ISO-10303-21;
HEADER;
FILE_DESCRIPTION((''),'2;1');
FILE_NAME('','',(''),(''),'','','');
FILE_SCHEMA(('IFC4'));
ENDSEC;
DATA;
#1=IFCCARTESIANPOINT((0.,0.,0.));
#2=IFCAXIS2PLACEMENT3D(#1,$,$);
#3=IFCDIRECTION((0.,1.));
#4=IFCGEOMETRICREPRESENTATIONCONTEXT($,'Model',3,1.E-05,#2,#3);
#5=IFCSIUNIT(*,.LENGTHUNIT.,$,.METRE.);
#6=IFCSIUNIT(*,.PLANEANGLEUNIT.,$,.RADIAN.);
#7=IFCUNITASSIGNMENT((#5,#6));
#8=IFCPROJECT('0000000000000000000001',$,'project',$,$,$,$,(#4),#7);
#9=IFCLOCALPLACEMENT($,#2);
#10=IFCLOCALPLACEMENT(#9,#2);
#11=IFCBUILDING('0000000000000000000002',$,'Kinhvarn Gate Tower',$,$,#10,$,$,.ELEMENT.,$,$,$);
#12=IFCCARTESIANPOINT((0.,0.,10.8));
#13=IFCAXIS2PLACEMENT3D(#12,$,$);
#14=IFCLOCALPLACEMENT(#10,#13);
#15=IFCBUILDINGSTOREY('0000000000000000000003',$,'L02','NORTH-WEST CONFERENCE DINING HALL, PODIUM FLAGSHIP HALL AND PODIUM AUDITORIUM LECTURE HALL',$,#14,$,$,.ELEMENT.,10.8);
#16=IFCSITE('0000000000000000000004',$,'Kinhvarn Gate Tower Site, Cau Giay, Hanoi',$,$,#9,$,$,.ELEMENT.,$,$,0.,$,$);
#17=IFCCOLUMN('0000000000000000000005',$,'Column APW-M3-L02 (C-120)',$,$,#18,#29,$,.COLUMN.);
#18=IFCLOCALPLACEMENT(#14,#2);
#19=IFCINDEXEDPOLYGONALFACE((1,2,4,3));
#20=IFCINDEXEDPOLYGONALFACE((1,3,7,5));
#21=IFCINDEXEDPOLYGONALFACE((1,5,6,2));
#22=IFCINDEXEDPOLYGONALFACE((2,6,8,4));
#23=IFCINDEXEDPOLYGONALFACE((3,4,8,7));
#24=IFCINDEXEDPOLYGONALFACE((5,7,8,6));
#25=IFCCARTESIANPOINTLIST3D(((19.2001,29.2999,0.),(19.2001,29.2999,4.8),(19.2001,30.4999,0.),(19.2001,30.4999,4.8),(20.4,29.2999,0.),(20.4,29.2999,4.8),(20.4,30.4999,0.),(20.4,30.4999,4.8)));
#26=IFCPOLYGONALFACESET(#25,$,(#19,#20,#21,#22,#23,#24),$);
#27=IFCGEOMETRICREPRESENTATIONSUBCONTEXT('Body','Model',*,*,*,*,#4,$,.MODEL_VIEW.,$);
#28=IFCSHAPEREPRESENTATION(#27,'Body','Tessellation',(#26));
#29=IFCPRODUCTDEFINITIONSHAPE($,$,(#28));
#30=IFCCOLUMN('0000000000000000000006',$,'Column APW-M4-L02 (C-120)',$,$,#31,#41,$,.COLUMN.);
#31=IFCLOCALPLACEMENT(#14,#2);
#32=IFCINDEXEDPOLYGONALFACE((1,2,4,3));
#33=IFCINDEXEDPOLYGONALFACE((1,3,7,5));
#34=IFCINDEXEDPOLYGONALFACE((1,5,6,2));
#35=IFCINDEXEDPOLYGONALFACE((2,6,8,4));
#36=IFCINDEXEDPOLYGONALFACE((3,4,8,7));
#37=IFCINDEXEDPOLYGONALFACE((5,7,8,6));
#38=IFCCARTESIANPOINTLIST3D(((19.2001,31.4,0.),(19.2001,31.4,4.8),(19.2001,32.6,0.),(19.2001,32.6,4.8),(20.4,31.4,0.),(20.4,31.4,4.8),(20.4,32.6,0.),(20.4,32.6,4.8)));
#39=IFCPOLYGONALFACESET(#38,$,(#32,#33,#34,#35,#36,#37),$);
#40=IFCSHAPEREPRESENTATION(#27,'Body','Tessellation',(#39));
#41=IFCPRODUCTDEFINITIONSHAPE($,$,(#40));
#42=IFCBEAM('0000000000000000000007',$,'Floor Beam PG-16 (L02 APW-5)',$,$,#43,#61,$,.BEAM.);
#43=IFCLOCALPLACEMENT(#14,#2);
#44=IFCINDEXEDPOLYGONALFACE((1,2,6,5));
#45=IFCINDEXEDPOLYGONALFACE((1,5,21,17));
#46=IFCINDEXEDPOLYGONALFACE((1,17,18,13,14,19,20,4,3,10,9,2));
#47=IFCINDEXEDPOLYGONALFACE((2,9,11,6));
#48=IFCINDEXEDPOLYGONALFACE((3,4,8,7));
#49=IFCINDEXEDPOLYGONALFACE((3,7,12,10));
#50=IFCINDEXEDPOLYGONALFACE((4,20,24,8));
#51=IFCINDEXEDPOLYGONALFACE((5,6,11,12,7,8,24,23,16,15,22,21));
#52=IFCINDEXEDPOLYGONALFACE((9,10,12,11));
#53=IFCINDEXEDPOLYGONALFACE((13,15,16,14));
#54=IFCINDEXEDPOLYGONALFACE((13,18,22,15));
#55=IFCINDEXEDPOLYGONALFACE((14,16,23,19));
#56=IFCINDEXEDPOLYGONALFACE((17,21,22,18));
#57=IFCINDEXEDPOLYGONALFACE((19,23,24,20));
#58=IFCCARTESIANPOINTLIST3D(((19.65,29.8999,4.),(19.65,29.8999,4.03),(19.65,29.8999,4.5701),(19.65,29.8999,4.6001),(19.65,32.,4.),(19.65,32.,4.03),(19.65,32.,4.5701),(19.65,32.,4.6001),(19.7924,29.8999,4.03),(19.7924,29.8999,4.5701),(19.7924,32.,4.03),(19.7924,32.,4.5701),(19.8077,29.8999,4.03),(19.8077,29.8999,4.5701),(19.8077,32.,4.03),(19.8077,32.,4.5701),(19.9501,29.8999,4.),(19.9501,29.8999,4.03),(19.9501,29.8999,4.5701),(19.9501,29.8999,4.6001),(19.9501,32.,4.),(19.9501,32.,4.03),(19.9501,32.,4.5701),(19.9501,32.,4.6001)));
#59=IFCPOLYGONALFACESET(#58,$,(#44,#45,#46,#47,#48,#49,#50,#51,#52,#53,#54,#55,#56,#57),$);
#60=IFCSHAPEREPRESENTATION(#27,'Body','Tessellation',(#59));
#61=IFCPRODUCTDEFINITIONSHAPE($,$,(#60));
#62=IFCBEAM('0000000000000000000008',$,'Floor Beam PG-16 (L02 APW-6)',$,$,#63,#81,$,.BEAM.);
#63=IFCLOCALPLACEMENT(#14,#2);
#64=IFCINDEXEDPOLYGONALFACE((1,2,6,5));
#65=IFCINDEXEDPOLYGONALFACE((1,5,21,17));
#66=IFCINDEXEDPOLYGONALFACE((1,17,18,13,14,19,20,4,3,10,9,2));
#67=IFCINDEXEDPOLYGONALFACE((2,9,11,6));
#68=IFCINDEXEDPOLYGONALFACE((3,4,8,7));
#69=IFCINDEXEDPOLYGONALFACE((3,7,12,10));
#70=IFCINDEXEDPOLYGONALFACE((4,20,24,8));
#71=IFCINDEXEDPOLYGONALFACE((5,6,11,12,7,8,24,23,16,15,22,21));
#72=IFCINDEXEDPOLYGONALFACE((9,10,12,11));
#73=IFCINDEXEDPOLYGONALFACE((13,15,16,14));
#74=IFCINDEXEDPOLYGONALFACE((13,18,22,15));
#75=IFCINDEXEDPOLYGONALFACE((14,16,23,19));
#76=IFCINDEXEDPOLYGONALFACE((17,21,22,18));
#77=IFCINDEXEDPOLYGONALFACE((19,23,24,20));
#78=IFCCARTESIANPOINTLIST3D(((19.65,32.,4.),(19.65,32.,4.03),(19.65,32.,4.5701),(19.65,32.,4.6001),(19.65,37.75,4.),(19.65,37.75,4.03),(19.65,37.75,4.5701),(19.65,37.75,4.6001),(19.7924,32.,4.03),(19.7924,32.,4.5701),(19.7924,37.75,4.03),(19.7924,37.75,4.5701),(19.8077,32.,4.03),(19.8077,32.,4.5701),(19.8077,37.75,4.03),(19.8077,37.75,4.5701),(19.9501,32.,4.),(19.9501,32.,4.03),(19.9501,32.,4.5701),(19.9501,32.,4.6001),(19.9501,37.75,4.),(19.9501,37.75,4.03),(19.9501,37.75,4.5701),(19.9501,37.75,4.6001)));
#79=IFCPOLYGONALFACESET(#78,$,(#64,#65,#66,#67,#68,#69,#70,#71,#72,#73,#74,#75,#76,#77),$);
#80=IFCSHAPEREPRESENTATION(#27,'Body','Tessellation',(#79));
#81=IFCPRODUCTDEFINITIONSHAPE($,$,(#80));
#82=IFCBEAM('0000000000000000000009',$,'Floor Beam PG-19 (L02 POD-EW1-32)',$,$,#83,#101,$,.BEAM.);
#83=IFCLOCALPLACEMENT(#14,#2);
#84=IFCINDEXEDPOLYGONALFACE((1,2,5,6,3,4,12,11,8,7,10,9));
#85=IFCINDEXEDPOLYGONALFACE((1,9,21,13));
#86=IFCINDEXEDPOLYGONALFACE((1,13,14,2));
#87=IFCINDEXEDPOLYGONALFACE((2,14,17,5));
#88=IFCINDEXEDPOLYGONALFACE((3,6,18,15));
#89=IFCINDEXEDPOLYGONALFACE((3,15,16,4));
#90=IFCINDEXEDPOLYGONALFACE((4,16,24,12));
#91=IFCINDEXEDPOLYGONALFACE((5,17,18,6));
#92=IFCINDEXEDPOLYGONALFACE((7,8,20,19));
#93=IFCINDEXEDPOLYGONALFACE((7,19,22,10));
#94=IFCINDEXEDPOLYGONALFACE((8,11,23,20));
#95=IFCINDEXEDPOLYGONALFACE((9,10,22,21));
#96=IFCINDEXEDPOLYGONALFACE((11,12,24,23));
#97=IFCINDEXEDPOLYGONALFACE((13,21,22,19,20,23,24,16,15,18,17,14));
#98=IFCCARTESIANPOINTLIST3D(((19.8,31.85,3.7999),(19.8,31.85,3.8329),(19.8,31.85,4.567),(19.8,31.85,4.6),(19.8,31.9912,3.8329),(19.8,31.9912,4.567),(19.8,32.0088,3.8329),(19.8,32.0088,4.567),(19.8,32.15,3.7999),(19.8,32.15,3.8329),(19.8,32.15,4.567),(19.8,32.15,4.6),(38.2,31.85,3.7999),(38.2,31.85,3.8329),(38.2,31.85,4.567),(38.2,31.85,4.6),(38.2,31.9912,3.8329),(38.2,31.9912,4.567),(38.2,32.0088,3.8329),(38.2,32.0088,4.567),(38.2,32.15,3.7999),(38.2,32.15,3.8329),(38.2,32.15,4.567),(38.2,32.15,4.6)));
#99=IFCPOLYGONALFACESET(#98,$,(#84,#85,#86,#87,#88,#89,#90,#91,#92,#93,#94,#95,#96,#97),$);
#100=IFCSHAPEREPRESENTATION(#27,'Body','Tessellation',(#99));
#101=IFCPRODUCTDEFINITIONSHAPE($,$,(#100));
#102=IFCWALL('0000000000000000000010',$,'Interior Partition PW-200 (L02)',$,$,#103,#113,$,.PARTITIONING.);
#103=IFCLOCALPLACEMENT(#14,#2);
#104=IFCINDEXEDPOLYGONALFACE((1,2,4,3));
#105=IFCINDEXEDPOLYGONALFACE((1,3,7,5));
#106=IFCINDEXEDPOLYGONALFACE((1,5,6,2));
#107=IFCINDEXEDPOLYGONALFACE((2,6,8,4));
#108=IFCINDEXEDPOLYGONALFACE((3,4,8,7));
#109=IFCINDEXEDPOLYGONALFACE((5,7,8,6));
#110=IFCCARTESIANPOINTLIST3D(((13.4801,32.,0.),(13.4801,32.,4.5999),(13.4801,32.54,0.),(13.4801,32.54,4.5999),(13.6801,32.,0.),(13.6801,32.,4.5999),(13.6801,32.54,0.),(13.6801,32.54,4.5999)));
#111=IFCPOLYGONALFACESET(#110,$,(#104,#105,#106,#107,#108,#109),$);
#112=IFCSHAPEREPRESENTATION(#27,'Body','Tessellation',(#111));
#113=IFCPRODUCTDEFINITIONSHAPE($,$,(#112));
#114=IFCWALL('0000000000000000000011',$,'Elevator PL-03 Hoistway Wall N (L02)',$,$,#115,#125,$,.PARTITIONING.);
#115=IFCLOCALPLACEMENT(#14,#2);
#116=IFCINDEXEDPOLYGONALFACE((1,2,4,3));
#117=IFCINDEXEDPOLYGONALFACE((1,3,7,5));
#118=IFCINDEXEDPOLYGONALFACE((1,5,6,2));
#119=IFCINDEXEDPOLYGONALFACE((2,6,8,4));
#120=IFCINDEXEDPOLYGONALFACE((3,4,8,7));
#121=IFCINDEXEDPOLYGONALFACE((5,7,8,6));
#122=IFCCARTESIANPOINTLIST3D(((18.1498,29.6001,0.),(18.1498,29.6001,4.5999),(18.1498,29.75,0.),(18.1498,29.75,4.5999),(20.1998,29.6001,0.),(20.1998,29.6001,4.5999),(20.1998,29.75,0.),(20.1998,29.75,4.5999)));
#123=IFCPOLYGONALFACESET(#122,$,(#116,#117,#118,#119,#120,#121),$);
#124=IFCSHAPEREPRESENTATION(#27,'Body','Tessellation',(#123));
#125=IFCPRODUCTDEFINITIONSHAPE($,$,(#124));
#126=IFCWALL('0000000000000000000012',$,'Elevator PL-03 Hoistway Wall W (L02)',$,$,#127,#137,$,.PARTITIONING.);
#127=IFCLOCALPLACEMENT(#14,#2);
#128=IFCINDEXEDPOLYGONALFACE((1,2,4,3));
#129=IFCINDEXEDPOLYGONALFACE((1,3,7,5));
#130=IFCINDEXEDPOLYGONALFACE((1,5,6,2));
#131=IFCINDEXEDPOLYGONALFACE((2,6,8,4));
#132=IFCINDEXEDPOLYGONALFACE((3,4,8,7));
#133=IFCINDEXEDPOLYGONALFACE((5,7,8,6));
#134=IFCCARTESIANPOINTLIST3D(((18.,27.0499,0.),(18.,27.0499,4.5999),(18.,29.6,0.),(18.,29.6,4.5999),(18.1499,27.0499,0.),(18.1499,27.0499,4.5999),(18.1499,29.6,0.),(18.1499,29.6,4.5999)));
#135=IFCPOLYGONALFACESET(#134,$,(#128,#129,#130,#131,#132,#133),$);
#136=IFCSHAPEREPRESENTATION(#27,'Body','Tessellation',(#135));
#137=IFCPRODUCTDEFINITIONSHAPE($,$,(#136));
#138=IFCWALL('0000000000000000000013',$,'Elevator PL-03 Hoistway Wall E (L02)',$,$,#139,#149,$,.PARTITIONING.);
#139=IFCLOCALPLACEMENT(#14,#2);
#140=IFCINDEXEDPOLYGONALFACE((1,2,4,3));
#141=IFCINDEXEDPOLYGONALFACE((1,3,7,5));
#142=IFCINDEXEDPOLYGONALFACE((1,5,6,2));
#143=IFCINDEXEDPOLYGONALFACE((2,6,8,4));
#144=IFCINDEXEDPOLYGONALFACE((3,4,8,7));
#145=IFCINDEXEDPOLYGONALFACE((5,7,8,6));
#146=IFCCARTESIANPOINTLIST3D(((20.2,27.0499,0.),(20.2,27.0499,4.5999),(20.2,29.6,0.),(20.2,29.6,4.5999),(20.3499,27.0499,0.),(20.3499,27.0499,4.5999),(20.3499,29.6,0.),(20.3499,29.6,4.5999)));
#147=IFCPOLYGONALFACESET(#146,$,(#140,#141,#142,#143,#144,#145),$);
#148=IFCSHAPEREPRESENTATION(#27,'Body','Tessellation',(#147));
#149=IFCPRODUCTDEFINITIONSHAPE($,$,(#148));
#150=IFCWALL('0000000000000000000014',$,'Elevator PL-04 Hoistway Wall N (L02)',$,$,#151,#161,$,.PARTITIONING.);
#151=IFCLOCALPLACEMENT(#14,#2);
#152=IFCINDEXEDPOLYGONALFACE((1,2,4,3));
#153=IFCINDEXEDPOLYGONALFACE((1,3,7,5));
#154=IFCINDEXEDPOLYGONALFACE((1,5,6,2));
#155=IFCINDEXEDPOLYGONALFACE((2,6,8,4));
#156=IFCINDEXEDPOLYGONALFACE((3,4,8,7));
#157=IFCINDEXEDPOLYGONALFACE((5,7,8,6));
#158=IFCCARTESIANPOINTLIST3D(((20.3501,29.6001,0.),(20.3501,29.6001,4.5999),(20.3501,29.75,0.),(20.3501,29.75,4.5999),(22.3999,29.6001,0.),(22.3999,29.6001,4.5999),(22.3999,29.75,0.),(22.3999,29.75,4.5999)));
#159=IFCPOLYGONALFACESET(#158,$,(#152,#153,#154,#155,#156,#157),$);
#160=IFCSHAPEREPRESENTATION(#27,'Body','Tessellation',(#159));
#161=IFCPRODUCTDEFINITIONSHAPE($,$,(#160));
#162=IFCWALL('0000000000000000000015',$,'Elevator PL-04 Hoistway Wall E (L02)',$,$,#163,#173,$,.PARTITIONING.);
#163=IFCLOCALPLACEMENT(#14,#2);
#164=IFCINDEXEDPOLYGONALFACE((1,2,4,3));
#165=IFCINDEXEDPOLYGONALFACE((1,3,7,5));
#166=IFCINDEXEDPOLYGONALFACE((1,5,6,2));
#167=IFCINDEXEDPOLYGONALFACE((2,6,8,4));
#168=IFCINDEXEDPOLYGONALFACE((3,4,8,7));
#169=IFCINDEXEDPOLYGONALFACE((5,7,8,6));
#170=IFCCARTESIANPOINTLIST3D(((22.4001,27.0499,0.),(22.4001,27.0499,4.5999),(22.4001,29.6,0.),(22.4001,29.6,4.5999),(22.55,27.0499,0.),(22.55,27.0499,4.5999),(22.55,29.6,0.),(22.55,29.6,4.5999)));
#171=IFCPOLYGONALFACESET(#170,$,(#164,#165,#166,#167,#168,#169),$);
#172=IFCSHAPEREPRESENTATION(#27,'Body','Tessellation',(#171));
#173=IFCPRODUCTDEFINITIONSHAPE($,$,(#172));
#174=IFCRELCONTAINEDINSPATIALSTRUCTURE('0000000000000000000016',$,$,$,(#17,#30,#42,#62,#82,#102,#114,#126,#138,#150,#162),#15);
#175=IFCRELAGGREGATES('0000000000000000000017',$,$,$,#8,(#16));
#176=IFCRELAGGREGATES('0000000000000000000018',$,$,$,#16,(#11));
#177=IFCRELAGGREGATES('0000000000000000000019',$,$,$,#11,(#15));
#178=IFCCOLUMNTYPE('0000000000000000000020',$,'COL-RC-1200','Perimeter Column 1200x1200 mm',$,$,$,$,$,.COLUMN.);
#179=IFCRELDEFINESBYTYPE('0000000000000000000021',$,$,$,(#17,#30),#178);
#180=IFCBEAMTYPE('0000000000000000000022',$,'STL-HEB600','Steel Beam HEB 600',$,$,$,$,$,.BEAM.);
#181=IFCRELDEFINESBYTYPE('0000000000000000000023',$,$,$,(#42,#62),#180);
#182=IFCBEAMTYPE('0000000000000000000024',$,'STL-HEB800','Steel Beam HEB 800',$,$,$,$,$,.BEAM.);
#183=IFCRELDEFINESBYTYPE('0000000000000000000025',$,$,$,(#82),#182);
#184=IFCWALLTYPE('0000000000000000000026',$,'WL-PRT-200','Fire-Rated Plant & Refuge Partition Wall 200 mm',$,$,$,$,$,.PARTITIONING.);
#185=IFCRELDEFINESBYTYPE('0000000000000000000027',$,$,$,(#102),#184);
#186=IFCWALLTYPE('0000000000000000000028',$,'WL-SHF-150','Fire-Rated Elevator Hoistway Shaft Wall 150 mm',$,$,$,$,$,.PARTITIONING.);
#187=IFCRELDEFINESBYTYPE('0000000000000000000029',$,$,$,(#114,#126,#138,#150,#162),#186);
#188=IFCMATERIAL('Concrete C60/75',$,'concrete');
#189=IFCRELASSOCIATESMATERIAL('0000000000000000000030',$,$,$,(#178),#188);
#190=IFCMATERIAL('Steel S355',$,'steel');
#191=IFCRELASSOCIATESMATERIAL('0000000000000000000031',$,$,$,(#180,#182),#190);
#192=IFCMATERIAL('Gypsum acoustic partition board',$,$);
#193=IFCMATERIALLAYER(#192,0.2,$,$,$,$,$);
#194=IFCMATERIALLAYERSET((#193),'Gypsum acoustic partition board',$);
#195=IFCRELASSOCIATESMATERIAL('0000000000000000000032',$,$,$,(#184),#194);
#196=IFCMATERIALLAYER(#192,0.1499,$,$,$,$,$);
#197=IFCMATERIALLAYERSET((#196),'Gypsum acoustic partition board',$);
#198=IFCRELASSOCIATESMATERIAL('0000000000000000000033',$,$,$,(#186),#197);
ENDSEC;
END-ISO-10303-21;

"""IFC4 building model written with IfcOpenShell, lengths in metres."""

from ifc_helpers import new_model, si_unit, direction, frame, frame_2d, origin, origin_2d, place, context, subcontext, project, spatial, rectangle, i_section, extrude, material, layer, layer_set, material_profile, profile_set, type_object, element, save


model = new_model("IFC4")

# Units and contexts
model_context = context("Model", 3, precision=1e-05, world=origin(), true_north=direction((0.0, 1.0)))
body_context = subcontext(model_context, "Body", "Model", "MODEL_VIEW")
ifc_project = project(units=[si_unit("LENGTHUNIT", "METRE"), si_unit("PLANEANGLEUNIT", "RADIAN")], contexts=[model_context])

# Site, building, storey
site_placement = place(None, origin())
site = spatial("IfcSite", under=ifc_project, at=site_placement, Name="Kinhvarn Gate Tower Site, Cau Giay, Hanoi", CompositionType="ELEMENT", RefElevation=0.0)
building_placement = place(site_placement, origin())
building = spatial("IfcBuilding", under=site, at=building_placement, Name="Kinhvarn Gate Tower", CompositionType="ELEMENT")
storey_placement = place(building_placement, frame((0.0, 0.0, 10.8)))
storey = spatial("IfcBuildingStorey", under=building, at=storey_placement, Name="L02", Description="NORTH-WEST CONFERENCE DINING HALL, PODIUM FLAGSHIP HALL AND PODIUM AUDITORIUM LECTURE HALL", CompositionType="ELEMENT", Elevation=10.8)

# Columns
ifc_material_1 = material(Name="Concrete C60/75", Category="concrete")
ifc_material_profile_1 = material_profile(ifc_material_1, rectangle(XDim=1.2, YDim=1.2, at=origin_2d()), Name="RC 1200x1200")
ifc_profile_set_1 = profile_set([ifc_material_profile_1], Name="Concrete C60/75")
column_type = type_object("IfcColumnType", Name="COL-RC-1200", Description="Perimeter Column 1200x1200 mm", PredefinedType="COLUMN", material=ifc_profile_set_1)
for number, where, z_axis, x_axis, name in (
    (1, (19.8, 29.8999, 0.0), (0.0, 0.0, 1.0), (1.0, 0.0, 0.0), "Column APW-M3-L02 (C-120)"),
    (2, (19.8, 32.0, 0.0), (0.0, 0.0, 1.0), (1.0, 0.0, 0.0), "Column APW-M4-L02 (C-120)"),
):
    element("IfcColumn", number, at=place(storey_placement, frame(where, z_axis=z_axis, x_axis=x_axis)), inside=storey, type_object=column_type, Name=name, PredefinedType="COLUMN", context=body_context, shape_type="SweptSolid", body=[
        extrude(rectangle(XDim=1.2, YDim=1.2, at=origin_2d()), origin(), (0.0, 0.0, 1.0), 4.8),
    ])

# Beams
ifc_material_2 = material(Name="Steel S355", Category="steel")
ifc_material_profile_2 = material_profile(ifc_material_2, i_section(OverallWidth=0.3, OverallDepth=0.6001, WebThickness=0.0154, FlangeThickness=0.03, at=origin_2d()), Name="HEB 600")
ifc_profile_set_2 = profile_set([ifc_material_profile_2], Name="Steel S355")
beam_type_1 = type_object("IfcBeamType", Name="STL-HEB600", Description="Steel Beam HEB 600", PredefinedType="BEAM", material=ifc_profile_set_2)
beam_1_placement = place(storey_placement, frame((19.8, 29.8999, 4.3), z_axis=(0.0, 1.0, 0.0), x_axis=(-1.0, 0.0, 0.0)))
element("IfcBeam", 3, at=beam_1_placement, inside=storey, type_object=beam_type_1, Name="Floor Beam PG-16 (L02 APW-5)", PredefinedType="BEAM", context=body_context, shape_type="SweptSolid", body=[
    extrude(i_section(OverallWidth=0.3, OverallDepth=0.6001, WebThickness=0.0154, FlangeThickness=0.03, at=origin_2d()), origin(), (0.0, 0.0, 1.0), 2.1001),
])
beam_2_placement = place(storey_placement, frame((19.8, 32.0, 4.3), z_axis=(0.0, 1.0, 0.0), x_axis=(-1.0, 0.0, 0.0)))
element("IfcBeam", 4, at=beam_2_placement, inside=storey, type_object=beam_type_1, Name="Floor Beam PG-16 (L02 APW-6)", PredefinedType="BEAM", context=body_context, shape_type="SweptSolid", body=[
    extrude(i_section(OverallWidth=0.3, OverallDepth=0.6001, WebThickness=0.0154, FlangeThickness=0.03, at=origin_2d()), origin(), (0.0, 0.0, 1.0), 5.75),
])
ifc_material_profile_3 = material_profile(ifc_material_2, i_section(OverallWidth=0.3, OverallDepth=0.8, WebThickness=0.0176, FlangeThickness=0.033, at=origin_2d()), Name="HEB 800")
ifc_profile_set_3 = profile_set([ifc_material_profile_3], Name="Steel S355")
beam_type_2 = type_object("IfcBeamType", Name="STL-HEB800", Description="Steel Beam HEB 800", PredefinedType="BEAM", material=ifc_profile_set_3)
beam_3_placement = place(storey_placement, frame((19.8, 32.0, 4.2), z_axis=(1.0, 0.0, 0.0), x_axis=(0.0, 1.0, 0.0)))
element("IfcBeam", 5, at=beam_3_placement, inside=storey, type_object=beam_type_2, Name="Floor Beam PG-19 (L02 POD-EW1-32)", PredefinedType="BEAM", context=body_context, shape_type="SweptSolid", body=[
    extrude(i_section(OverallWidth=0.3, OverallDepth=0.8, WebThickness=0.0176, FlangeThickness=0.033, at=origin_2d()), origin(), (0.0, 0.0, 1.0), 18.3999),
])

# Walls
ifc_material_3 = material(Name="Gypsum acoustic partition board")
ifc_layer_1 = layer(ifc_material_3, 0.2)
ifc_layer_set_1 = layer_set([ifc_layer_1], Name="Gypsum acoustic partition board")
wall_type_1 = type_object("IfcWallType", Name="WL-PRT-200", Description="Fire-Rated Plant & Refuge Partition Wall 200 mm", PredefinedType="PARTITIONING", material=ifc_layer_set_1)
wall_1_placement = place(storey_placement, frame((13.5801, 32.0, 0.0), z_axis=(0.0, 0.0, 1.0), x_axis=(0.0, 1.0, 0.0)))
element("IfcWall", 6, at=wall_1_placement, inside=storey, type_object=wall_type_1, Name="Interior Partition PW-200 (L02)", PredefinedType="PARTITIONING", context=body_context, shape_type="SweptSolid", body=[
    extrude(rectangle(XDim=0.54, YDim=0.2, at=frame_2d((0.27, 0.0))), origin(), (0.0, 0.0, 1.0), 4.5999),
])
ifc_layer_2 = layer(ifc_material_3, 0.1499)
ifc_layer_set_2 = layer_set([ifc_layer_2], Name="Gypsum acoustic partition board")
wall_type_2 = type_object("IfcWallType", Name="WL-SHF-150", Description="Fire-Rated Elevator Hoistway Shaft Wall 150 mm", PredefinedType="PARTITIONING", material=ifc_layer_set_2)
wall_2_placement = place(storey_placement, frame((18.1499, 29.675, 0.0), z_axis=(0.0, 0.0, 1.0), x_axis=(1.0, 0.0, 0.0)))
element("IfcWall", 7, at=wall_2_placement, inside=storey, type_object=wall_type_2, Name="Elevator PL-03 Hoistway Wall N (L02)", PredefinedType="PARTITIONING", context=body_context, shape_type="SweptSolid", body=[
    extrude(rectangle(XDim=2.05, YDim=0.1499, at=frame_2d((1.0249, 0.0))), origin(), (0.0, 0.0, 1.0), 4.5999),
])
for number, where, z_axis, x_axis, name in (
    (8, (18.075, 27.05, 0.0), (0.0, 0.0, 1.0), (0.0, 1.0, 0.0), "Elevator PL-03 Hoistway Wall W (L02)"),
    (9, (20.2749, 27.05, 0.0), (0.0, 0.0, 1.0), (0.0, 1.0, 0.0), "Elevator PL-03 Hoistway Wall E (L02)"),
):
    element("IfcWall", number, at=place(storey_placement, frame(where, z_axis=z_axis, x_axis=x_axis)), inside=storey, type_object=wall_type_2, Name=name, PredefinedType="PARTITIONING", context=body_context, shape_type="SweptSolid", body=[
        extrude(rectangle(XDim=2.55, YDim=0.1499, at=frame_2d((1.2749, 0.0))), origin(), (0.0, 0.0, 1.0), 4.5999),
    ])
wall_3_placement = place(storey_placement, frame((20.3501, 29.675, 0.0), z_axis=(0.0, 0.0, 1.0), x_axis=(1.0, 0.0, 0.0)))
element("IfcWall", 10, at=wall_3_placement, inside=storey, type_object=wall_type_2, Name="Elevator PL-04 Hoistway Wall N (L02)", PredefinedType="PARTITIONING", context=body_context, shape_type="SweptSolid", body=[
    extrude(rectangle(XDim=2.0498, YDim=0.1499, at=frame_2d((1.0249, 0.0))), origin(), (0.0, 0.0, 1.0), 4.5999),
])
wall_4_placement = place(storey_placement, frame((22.4751, 27.05, 0.0), z_axis=(0.0, 0.0, 1.0), x_axis=(0.0, 1.0, 0.0)))
element("IfcWall", 11, at=wall_4_placement, inside=storey, type_object=wall_type_2, Name="Elevator PL-04 Hoistway Wall E (L02)", PredefinedType="PARTITIONING", context=body_context, shape_type="SweptSolid", body=[
    extrude(rectangle(XDim=2.55, YDim=0.1499, at=frame_2d((1.2749, 0.0))), origin(), (0.0, 0.0, 1.0), 4.5999),
])

save(model, "model.ifc")
